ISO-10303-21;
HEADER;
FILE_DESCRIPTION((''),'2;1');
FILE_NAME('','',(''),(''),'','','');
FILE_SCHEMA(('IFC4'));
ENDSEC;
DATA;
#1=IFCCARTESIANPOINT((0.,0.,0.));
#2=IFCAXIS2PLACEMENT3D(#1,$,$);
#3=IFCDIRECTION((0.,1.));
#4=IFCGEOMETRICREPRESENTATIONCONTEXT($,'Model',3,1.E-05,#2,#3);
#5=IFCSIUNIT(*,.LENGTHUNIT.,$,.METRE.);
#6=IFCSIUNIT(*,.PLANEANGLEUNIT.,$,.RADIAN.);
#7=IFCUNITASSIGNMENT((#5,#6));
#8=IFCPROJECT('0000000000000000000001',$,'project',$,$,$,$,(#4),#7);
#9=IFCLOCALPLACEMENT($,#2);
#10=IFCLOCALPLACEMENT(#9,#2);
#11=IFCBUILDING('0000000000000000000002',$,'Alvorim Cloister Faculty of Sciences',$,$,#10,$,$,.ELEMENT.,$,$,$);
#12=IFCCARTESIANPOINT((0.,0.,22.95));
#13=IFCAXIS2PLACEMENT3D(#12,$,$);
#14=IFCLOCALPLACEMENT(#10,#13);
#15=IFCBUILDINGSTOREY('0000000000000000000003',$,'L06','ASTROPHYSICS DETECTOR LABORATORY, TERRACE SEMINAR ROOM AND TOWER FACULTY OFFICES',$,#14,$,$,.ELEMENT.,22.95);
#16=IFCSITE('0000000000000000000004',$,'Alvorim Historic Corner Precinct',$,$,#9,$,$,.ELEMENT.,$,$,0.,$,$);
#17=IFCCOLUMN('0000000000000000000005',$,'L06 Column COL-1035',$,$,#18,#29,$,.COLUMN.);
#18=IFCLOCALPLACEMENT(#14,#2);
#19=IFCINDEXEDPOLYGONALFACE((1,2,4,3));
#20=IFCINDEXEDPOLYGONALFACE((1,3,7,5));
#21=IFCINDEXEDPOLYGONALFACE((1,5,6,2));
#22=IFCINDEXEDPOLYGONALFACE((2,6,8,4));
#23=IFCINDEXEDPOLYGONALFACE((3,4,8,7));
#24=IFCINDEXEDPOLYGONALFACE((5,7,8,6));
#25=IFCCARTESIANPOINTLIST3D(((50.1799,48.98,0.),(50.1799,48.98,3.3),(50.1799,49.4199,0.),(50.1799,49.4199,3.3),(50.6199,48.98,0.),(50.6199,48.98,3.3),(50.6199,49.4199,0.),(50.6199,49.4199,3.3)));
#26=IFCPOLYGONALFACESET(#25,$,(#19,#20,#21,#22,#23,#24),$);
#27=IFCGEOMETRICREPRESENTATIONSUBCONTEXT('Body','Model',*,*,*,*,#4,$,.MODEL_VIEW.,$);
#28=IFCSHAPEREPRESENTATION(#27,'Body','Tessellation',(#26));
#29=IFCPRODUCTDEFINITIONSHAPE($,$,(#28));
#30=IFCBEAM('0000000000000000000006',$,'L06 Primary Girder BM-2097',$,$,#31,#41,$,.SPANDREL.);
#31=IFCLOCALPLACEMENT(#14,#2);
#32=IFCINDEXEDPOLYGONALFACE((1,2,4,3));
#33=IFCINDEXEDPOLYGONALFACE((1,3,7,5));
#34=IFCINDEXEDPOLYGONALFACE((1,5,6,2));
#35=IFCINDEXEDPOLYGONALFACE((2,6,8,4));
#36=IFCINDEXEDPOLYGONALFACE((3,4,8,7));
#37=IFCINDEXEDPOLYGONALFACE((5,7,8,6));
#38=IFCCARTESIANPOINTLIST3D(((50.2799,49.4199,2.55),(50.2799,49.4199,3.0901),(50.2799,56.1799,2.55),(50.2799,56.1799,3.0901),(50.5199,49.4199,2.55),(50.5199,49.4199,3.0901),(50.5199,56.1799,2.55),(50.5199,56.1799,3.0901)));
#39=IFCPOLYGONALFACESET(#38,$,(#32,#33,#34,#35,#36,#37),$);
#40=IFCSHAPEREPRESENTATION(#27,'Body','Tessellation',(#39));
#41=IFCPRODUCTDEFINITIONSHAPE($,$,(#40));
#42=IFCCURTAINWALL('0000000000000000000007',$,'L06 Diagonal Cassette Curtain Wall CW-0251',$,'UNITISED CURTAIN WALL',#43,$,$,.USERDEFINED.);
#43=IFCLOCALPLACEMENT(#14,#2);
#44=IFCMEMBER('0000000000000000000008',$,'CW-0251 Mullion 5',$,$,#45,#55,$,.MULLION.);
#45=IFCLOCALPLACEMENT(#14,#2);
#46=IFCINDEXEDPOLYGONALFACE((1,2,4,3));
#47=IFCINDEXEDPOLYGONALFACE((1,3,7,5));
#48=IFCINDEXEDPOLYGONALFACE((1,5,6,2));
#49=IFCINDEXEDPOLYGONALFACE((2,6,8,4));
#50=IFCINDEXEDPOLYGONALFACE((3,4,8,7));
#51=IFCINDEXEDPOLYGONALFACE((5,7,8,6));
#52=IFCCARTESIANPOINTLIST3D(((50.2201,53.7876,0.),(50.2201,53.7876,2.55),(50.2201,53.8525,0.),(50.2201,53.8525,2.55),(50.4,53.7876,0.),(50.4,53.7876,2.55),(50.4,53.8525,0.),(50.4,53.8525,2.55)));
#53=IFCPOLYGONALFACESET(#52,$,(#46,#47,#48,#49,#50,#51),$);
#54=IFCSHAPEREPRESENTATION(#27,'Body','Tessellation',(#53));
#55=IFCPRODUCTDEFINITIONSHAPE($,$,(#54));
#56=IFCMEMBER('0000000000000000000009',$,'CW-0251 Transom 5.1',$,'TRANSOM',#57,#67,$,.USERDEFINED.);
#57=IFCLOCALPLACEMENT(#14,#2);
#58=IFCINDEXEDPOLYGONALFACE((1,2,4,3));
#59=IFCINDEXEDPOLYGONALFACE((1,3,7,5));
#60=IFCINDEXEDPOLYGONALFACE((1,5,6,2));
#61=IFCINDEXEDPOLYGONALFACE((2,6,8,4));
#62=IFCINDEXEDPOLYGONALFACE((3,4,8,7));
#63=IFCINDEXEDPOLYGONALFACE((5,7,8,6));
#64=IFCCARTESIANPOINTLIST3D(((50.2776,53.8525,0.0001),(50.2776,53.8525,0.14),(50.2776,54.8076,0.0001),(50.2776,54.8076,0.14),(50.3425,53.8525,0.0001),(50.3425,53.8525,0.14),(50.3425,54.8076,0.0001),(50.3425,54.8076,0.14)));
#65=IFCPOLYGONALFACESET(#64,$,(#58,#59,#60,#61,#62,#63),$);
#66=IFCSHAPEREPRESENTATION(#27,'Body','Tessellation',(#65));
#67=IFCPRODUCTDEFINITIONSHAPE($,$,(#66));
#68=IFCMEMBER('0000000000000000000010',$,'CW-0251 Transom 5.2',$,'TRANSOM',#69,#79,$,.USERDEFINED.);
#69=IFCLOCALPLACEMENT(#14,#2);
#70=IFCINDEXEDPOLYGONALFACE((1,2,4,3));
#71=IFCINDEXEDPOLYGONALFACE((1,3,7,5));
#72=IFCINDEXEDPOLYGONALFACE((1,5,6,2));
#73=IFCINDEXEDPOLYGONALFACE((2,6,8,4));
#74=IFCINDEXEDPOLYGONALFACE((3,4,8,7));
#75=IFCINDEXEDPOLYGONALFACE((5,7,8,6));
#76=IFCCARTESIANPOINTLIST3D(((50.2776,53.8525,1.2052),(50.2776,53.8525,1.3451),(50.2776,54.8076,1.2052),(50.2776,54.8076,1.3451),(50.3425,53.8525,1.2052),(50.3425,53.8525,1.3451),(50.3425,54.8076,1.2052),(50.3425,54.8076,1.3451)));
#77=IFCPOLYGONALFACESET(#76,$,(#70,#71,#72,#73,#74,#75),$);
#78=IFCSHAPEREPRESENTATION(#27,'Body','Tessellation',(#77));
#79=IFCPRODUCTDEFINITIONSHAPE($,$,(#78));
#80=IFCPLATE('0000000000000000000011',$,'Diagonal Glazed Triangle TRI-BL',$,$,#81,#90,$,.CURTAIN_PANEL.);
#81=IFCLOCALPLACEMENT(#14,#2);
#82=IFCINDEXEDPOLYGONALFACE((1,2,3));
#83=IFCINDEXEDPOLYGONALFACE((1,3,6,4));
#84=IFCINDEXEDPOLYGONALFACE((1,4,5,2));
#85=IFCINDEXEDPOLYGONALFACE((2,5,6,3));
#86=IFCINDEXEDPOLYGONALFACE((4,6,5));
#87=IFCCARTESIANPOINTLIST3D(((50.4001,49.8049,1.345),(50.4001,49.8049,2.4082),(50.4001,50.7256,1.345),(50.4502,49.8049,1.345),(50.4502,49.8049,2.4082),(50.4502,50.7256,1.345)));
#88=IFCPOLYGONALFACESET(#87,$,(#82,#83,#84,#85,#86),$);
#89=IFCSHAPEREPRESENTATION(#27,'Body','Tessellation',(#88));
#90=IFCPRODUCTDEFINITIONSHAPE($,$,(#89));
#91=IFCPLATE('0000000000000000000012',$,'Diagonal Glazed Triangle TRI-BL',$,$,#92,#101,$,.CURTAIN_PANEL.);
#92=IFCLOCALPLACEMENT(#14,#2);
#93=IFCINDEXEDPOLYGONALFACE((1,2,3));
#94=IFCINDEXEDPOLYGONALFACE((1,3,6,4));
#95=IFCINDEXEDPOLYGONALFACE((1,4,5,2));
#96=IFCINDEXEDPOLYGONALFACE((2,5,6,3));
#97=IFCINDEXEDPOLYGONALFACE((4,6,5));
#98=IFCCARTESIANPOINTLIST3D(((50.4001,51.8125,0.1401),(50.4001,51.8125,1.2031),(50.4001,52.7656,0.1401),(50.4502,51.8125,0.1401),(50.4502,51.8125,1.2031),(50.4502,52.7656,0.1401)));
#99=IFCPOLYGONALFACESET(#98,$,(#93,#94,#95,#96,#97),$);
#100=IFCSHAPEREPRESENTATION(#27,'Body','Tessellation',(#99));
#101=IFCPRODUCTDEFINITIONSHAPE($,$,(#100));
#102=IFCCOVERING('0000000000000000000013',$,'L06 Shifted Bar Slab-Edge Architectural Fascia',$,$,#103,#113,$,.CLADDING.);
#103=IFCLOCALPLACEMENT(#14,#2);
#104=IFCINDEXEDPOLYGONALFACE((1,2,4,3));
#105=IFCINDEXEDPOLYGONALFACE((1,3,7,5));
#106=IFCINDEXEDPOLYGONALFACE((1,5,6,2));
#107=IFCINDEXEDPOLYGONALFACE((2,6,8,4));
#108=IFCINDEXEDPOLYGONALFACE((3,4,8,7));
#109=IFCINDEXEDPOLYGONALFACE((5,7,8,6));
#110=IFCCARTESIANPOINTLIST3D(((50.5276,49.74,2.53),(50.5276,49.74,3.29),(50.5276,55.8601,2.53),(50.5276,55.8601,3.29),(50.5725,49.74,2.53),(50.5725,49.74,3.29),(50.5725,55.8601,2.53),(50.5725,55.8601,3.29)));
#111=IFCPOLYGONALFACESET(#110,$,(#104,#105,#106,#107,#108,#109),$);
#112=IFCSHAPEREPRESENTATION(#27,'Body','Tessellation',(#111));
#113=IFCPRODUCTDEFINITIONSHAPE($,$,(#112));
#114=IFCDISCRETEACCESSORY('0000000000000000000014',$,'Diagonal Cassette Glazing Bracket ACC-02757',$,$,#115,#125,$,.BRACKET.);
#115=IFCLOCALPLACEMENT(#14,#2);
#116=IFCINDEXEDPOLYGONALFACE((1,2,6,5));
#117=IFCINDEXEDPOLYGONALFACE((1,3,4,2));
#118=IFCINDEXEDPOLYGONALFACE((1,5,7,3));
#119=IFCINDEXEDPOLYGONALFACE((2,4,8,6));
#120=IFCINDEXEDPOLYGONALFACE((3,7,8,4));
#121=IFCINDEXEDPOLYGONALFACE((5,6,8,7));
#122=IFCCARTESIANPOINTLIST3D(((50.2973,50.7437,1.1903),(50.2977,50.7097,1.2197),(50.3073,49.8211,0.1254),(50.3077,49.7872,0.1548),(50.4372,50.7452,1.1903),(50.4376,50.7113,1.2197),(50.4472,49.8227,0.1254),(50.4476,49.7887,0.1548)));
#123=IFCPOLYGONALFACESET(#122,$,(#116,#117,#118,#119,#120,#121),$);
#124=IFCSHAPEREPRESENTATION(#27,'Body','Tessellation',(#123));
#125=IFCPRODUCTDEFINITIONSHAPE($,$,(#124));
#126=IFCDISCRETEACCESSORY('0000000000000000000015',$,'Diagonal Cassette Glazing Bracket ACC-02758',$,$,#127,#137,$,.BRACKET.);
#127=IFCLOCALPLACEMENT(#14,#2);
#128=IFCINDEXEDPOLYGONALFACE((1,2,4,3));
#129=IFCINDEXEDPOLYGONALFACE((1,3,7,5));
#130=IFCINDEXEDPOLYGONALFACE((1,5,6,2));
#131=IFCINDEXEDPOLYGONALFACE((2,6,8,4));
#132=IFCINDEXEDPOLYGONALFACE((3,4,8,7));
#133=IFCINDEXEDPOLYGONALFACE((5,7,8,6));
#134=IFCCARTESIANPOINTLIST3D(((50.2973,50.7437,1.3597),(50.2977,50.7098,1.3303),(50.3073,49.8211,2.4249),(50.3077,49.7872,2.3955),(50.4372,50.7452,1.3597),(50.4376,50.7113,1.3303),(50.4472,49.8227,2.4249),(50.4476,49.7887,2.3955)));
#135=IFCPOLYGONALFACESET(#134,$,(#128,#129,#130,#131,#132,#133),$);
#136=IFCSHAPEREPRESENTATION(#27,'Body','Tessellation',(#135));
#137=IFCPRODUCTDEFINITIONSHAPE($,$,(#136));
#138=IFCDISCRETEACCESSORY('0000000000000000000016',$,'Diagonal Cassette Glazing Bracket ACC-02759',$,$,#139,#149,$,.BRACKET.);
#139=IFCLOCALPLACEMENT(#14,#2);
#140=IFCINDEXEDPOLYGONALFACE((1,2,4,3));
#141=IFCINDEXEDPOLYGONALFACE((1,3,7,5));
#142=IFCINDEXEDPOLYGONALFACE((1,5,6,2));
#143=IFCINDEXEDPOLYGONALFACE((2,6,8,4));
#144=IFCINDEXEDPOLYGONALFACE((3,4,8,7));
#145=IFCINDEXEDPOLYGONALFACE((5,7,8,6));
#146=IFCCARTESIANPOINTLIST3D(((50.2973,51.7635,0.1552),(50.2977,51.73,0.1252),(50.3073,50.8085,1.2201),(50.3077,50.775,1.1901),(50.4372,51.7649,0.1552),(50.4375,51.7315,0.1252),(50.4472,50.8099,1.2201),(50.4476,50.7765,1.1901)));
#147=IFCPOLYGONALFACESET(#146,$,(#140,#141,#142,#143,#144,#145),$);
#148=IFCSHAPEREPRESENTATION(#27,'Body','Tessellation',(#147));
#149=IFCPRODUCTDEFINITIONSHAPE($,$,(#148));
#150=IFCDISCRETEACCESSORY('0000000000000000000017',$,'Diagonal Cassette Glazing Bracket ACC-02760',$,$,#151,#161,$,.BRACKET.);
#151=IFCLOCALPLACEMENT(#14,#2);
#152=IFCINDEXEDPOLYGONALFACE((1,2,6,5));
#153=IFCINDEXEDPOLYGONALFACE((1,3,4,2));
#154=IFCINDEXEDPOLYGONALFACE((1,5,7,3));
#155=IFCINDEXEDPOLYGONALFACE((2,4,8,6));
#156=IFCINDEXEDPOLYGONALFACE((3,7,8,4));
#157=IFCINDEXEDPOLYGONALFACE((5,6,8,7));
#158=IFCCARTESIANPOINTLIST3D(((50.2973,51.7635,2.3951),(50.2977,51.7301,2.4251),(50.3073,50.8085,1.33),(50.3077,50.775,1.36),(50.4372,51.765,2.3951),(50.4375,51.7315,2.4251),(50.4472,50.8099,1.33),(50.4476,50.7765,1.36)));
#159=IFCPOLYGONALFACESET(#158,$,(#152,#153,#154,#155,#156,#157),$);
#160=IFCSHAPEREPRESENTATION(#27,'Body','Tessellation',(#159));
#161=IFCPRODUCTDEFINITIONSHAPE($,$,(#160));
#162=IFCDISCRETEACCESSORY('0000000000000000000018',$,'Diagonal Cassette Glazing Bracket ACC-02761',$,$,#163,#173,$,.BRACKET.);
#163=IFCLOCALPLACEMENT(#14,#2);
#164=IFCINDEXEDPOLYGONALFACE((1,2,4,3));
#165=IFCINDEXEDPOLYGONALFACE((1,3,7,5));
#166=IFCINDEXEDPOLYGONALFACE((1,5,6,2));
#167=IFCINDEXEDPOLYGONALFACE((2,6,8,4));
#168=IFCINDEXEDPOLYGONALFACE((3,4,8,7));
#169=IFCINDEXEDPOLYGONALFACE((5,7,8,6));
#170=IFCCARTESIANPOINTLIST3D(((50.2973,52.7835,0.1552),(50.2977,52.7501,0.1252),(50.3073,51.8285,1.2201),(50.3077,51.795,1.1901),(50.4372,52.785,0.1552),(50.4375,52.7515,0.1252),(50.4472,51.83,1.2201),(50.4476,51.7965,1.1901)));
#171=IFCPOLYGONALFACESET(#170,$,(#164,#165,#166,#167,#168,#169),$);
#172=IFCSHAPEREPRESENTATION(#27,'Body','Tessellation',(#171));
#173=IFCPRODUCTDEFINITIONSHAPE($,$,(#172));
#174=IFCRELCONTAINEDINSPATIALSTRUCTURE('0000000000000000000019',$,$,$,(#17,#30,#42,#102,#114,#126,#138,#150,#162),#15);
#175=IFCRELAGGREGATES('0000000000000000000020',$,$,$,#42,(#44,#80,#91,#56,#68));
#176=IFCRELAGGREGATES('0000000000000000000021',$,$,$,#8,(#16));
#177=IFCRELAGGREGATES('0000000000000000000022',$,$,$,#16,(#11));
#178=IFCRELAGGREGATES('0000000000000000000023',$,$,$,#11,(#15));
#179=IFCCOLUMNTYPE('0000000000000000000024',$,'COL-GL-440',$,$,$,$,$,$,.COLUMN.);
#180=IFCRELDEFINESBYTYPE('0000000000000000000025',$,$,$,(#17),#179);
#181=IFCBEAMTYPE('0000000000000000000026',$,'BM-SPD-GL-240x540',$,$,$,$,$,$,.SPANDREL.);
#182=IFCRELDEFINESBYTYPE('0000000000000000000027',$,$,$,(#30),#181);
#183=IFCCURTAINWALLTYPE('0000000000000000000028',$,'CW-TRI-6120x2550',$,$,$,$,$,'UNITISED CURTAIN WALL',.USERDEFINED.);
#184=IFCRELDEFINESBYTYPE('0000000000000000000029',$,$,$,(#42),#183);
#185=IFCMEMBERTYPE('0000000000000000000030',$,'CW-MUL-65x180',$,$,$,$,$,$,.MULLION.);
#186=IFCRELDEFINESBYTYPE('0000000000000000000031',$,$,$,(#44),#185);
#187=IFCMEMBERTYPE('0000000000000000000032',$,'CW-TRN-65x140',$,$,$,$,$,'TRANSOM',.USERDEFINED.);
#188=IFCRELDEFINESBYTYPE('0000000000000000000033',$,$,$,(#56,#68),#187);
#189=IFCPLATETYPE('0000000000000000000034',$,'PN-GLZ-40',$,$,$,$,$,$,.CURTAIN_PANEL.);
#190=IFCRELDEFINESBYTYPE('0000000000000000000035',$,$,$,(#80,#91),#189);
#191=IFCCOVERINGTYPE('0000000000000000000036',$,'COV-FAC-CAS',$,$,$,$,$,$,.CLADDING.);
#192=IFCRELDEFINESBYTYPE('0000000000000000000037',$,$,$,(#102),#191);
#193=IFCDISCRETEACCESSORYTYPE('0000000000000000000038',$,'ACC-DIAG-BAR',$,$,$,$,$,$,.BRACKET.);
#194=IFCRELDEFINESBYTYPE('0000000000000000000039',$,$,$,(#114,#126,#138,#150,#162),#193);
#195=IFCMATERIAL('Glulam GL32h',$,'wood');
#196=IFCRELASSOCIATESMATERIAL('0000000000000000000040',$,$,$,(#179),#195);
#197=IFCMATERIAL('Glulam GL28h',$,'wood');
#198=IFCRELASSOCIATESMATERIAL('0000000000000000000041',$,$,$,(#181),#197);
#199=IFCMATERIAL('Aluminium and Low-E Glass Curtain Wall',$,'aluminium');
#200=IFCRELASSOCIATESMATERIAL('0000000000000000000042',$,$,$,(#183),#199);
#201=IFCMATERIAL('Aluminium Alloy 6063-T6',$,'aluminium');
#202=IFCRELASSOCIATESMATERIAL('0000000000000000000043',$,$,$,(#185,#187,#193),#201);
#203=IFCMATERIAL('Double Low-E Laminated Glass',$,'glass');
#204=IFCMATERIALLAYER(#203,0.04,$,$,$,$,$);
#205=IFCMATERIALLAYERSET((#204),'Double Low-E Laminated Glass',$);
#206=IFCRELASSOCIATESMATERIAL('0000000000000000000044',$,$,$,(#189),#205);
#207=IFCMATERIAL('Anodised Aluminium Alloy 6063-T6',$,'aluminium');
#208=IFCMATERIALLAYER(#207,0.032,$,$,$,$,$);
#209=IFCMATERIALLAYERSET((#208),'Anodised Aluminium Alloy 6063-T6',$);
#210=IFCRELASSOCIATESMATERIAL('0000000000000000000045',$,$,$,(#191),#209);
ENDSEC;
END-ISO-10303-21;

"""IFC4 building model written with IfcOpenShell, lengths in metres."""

from ifc_helpers import new_model, si_unit, direction, frame, origin, origin_2d, place, context, subcontext, project, spatial, polyline, rectangle, outline, extrude, material, layer, layer_set, material_profile, profile_set, type_object, element, aggregate, save


model = new_model("IFC4")

# Units and contexts
model_context = context("Model", 3, precision=1e-05, world=origin(), true_north=direction((0.0, 1.0)))
body_context = subcontext(model_context, "Body", "Model", "MODEL_VIEW")
ifc_project = project(units=[si_unit("LENGTHUNIT", "METRE"), si_unit("PLANEANGLEUNIT", "RADIAN")], contexts=[model_context])

# Site, building, storey
site_placement = place(None, origin())
site = spatial("IfcSite", under=ifc_project, at=site_placement, Name="Alvorim Historic Corner Precinct", CompositionType="ELEMENT", RefElevation=0.0)
building_placement = place(site_placement, origin())
building = spatial("IfcBuilding", under=site, at=building_placement, Name="Alvorim Cloister Faculty of Sciences", CompositionType="ELEMENT")
storey_placement = place(building_placement, frame((0.0, 0.0, 22.95)))
storey = spatial("IfcBuildingStorey", under=building, at=storey_placement, Name="L06", Description="ASTROPHYSICS DETECTOR LABORATORY, TERRACE SEMINAR ROOM AND TOWER FACULTY OFFICES", CompositionType="ELEMENT", Elevation=22.95)

# Column
ifc_material_1 = material(Name="Glulam GL32h", Category="wood")
ifc_material_profile_1 = material_profile(ifc_material_1, rectangle(XDim=0.4399, YDim=0.4399, at=origin_2d()), Name="GL32-COL-440x440")
ifc_profile_set_1 = profile_set([ifc_material_profile_1], Name="Glulam GL32h")
column_type = type_object("IfcColumnType", Name="COL-GL-440", PredefinedType="COLUMN", material=ifc_profile_set_1)
column_placement = place(storey_placement, frame((50.3999, 49.2, 0.0), z_axis=(0.0, 0.0, 1.0), x_axis=(1.0, 0.0, 0.0)))
element("IfcColumn", 1, at=column_placement, inside=storey, type_object=column_type, Name="L06 Column COL-1035", PredefinedType="COLUMN", context=body_context, shape_type="SweptSolid", body=[
    extrude(rectangle(XDim=0.4399, YDim=0.4399, at=origin_2d()), origin(), (0.0, 0.0, 1.0), 3.3),
])

# Beam
ifc_material_2 = material(Name="Glulam GL28h", Category="wood")
ifc_material_profile_2 = material_profile(ifc_material_2, rectangle(XDim=0.24, YDim=0.54, at=origin_2d()), Name="GL28-SPD-240x540")
ifc_profile_set_2 = profile_set([ifc_material_profile_2], Name="Glulam GL28h")
beam_type = type_object("IfcBeamType", Name="BM-SPD-GL-240x540", PredefinedType="SPANDREL", material=ifc_profile_set_2)
beam_placement = place(storey_placement, frame((50.3999, 49.4199, 2.8201), z_axis=(0.0, 1.0, 0.0), x_axis=(-1.0, 0.0, 0.0)))
element("IfcBeam", 2, at=beam_placement, inside=storey, type_object=beam_type, Name="L06 Primary Girder BM-2097", PredefinedType="SPANDREL", context=body_context, shape_type="SweptSolid", body=[
    extrude(rectangle(XDim=0.24, YDim=0.54, at=origin_2d()), origin(), (0.0, 0.0, 1.0), 6.76),
])

# Curtain wall, members, plates
ifc_material_3 = material(Name="Aluminium and Low-E Glass Curtain Wall", Category="aluminium")
curtain_wall_type = type_object("IfcCurtainWallType", Name="CW-TRI-6120x2550", ElementType="UNITISED CURTAIN WALL", PredefinedType="USERDEFINED", material=ifc_material_3)
curtain_wall_placement = place(storey_placement, origin())
curtain_wall = element("IfcCurtainWall", 3, at=curtain_wall_placement, inside=storey, type_object=curtain_wall_type, Name="L06 Diagonal Cassette Curtain Wall CW-0251", ObjectType="UNITISED CURTAIN WALL", PredefinedType="USERDEFINED")
ifc_material_4 = material(Name="Aluminium Alloy 6063-T6", Category="aluminium")
ifc_material_profile_3 = material_profile(ifc_material_4, rectangle(XDim=0.0649, YDim=0.1799, at=origin_2d()), Name="ALU-MUL-65x180")
ifc_profile_set_3 = profile_set([ifc_material_profile_3], Name="Aluminium Alloy 6063-T6")
member_type_1 = type_object("IfcMemberType", Name="CW-MUL-65x180", PredefinedType="MULLION", material=ifc_profile_set_3)
member_1_placement = place(storey_placement, frame((50.3101, 53.8201, 0.0), z_axis=(0.0, 0.0, 1.0), x_axis=(0.0, 1.0, 0.0)))
member_1 = element("IfcMember", 4, at=member_1_placement, type_object=member_type_1, Name="CW-0251 Mullion 5", PredefinedType="MULLION", context=body_context, shape_type="SweptSolid", body=[
    extrude(rectangle(XDim=0.0649, YDim=0.1799, at=origin_2d()), origin(), (0.0, 0.0, 1.0), 2.55),
])
ifc_material_profile_4 = material_profile(ifc_material_4, rectangle(XDim=0.0649, YDim=0.1399, at=origin_2d()), Name="ALU-TRN-65x140")
ifc_profile_set_4 = profile_set([ifc_material_profile_4], Name="Aluminium Alloy 6063-T6")
member_type_2 = type_object("IfcMemberType", Name="CW-TRN-65x140", ElementType="TRANSOM", PredefinedType="USERDEFINED", material=ifc_profile_set_4)
member_2_placement = place(storey_placement, frame((50.3101, 53.8525, 0.0701), z_axis=(0.0, 1.0, 0.0), x_axis=(-1.0, 0.0, 0.0)))
member_2 = element("IfcMember", 5, at=member_2_placement, type_object=member_type_2, Name="CW-0251 Transom 5.1", ObjectType="TRANSOM", PredefinedType="USERDEFINED", context=body_context, shape_type="SweptSolid", body=[
    extrude(rectangle(XDim=0.0649, YDim=0.1399, at=origin_2d()), origin(), (0.0, 0.0, 1.0), 0.9551),
])
member_3_placement = place(storey_placement, frame((50.3101, 53.8525, 1.2751), z_axis=(0.0, 1.0, 0.0), x_axis=(-1.0, 0.0, 0.0)))
member_3 = element("IfcMember", 6, at=member_3_placement, type_object=member_type_2, Name="CW-0251 Transom 5.2", ObjectType="TRANSOM", PredefinedType="USERDEFINED", context=body_context, shape_type="SweptSolid", body=[
    extrude(rectangle(XDim=0.0649, YDim=0.1399, at=origin_2d()), origin(), (0.0, 0.0, 1.0), 0.9551),
])
ifc_material_5 = material(Name="Double Low-E Laminated Glass", Category="glass")
ifc_layer_1 = layer(ifc_material_5, 0.04)
ifc_layer_set_1 = layer_set([ifc_layer_1], Name="Double Low-E Laminated Glass")
plate_type = type_object("IfcPlateType", Name="PN-GLZ-40", PredefinedType="CURTAIN_PANEL", material=ifc_layer_set_1)
plate_1_placement = place(storey_placement, frame((50.425, 49.8049, 1.345), z_axis=(0.0, 0.0, 1.0), x_axis=(0.0, 1.0, 0.0)))
plate_1 = element("IfcPlate", 7, at=plate_1_placement, type_object=plate_type, Name="Diagonal Glazed Triangle TRI-BL", PredefinedType="CURTAIN_PANEL", context=body_context, shape_type="SweptSolid", body=[
    extrude(outline(polyline([(0.0, 0.0), (0.9207, 0.0), (0.0, 1.0632), (0.0, 0.0)])), frame((0.0, 0.0249, 0.0), z_axis=(0.0, -1.0, 0.0), x_axis=(1.0, 0.0, 0.0)), (0.0, 0.0, 1.0), 0.05),
])
plate_2_placement = place(storey_placement, frame((50.425, 51.8125, 0.1401), z_axis=(0.0, 0.0, 1.0), x_axis=(0.0, 1.0, 0.0)))
plate_2 = element("IfcPlate", 8, at=plate_2_placement, type_object=plate_type, Name="Diagonal Glazed Triangle TRI-BL", PredefinedType="CURTAIN_PANEL", context=body_context, shape_type="SweptSolid", body=[
    extrude(outline(polyline([(0.0, 0.0), (0.9531, 0.0), (0.0, 1.063), (0.0, 0.0)])), frame((0.0, 0.0249, 0.0), z_axis=(0.0, -1.0, 0.0), x_axis=(1.0, 0.0, 0.0)), (0.0, 0.0, 1.0), 0.05),
])
aggregate(curtain_wall, [member_1, plate_1, plate_2, member_2, member_3])

# Covering
ifc_material_6 = material(Name="Anodised Aluminium Alloy 6063-T6", Category="aluminium")
ifc_layer_2 = layer(ifc_material_6, 0.032)
ifc_layer_set_2 = layer_set([ifc_layer_2], Name="Anodised Aluminium Alloy 6063-T6")
covering_type = type_object("IfcCoveringType", Name="COV-FAC-CAS", PredefinedType="CLADDING", material=ifc_layer_set_2)
covering_placement = place(storey_placement, frame((50.55, 49.74, 2.53), z_axis=(0.0, 0.0, 1.0), x_axis=(0.0, 1.0, 0.0)))
element("IfcCovering", 9, at=covering_placement, inside=storey, type_object=covering_type, Name="L06 Shifted Bar Slab-Edge Architectural Fascia", PredefinedType="CLADDING", context=body_context, shape_type="SweptSolid", body=[
    extrude(outline(polyline([(0.0, 0.0), (6.1201, 0.0), (6.1201, 0.76), (0.0, 0.76), (0.0, 0.0)])), frame((0.0, 0.0225, 0.0), z_axis=(0.0, -1.0, 0.0), x_axis=(1.0, 0.0, 0.0)), (0.0, 0.0, 1.0), 0.0449),
])

# Discrete accessories
discrete_accessory_type = type_object("IfcDiscreteAccessoryType", Name="ACC-DIAG-BAR", PredefinedType="BRACKET", material=ifc_material_4)
discrete_accessory_1_placement = place(storey_placement, frame((50.3774, 49.8049, 0.1401), z_axis=(-0.007104, 0.654775, 0.75579), x_axis=(-0.999941, -0.010849, 0.0)))
element("IfcDiscreteAccessory", 10, at=discrete_accessory_1_placement, inside=storey, type_object=discrete_accessory_type, Name="Diagonal Cassette Glazing Bracket ACC-02757", PredefinedType="BRACKET", context=body_context, shape_type="SweptSolid", body=[
    extrude(rectangle(XDim=0.1399, YDim=0.0449, at=origin_2d()), origin(), (0.0, 0.0, 1.0), 1.4089),
])
discrete_accessory_2_placement = place(storey_placement, frame((50.3774, 49.8049, 2.4102), z_axis=(-0.007103, 0.65469, -0.755864), x_axis=(-0.999941, -0.010849, 0.0)))
element("IfcDiscreteAccessory", 11, at=discrete_accessory_2_placement, inside=storey, type_object=discrete_accessory_type, Name="Diagonal Cassette Glazing Bracket ACC-02758", PredefinedType="BRACKET", context=body_context, shape_type="SweptSolid", body=[
    extrude(rectangle(XDim=0.1399, YDim=0.0449, at=origin_2d()), origin(), (0.0, 0.0, 1.0), 1.4092),
])
discrete_accessory_3_placement = place(storey_placement, frame((50.3774, 50.7925, 1.2051), z_axis=(-0.006997, 0.667646, -0.744446), x_axis=(-0.999945, -0.01048, 0.0)))
element("IfcDiscreteAccessory", 12, at=discrete_accessory_3_placement, inside=storey, type_object=discrete_accessory_type, Name="Diagonal Cassette Glazing Bracket ACC-02759", PredefinedType="BRACKET", context=body_context, shape_type="SweptSolid", body=[
    extrude(rectangle(XDim=0.1399, YDim=0.0449, at=origin_2d()), origin(), (0.0, 0.0, 1.0), 1.4304),
])
discrete_accessory_4_placement = place(storey_placement, frame((50.3774, 50.7925, 1.345), z_axis=(-0.006996, 0.667561, 0.744522), x_axis=(-0.999945, -0.01048, 0.0)))
element("IfcDiscreteAccessory", 13, at=discrete_accessory_4_placement, inside=storey, type_object=discrete_accessory_type, Name="Diagonal Cassette Glazing Bracket ACC-02760", PredefinedType="BRACKET", context=body_context, shape_type="SweptSolid", body=[
    extrude(rectangle(XDim=0.1399, YDim=0.0449, at=origin_2d()), origin(), (0.0, 0.0, 1.0), 1.4307),
])
discrete_accessory_5_placement = place(storey_placement, frame((50.3774, 51.8125, 1.2051), z_axis=(-0.006997, 0.667646, -0.744446), x_axis=(-0.999945, -0.01048, 0.0)))
element("IfcDiscreteAccessory", 14, at=discrete_accessory_5_placement, inside=storey, type_object=discrete_accessory_type, Name="Diagonal Cassette Glazing Bracket ACC-02761", PredefinedType="BRACKET", context=body_context, shape_type="SweptSolid", body=[
    extrude(rectangle(XDim=0.1399, YDim=0.0449, at=origin_2d()), origin(), (0.0, 0.0, 1.0), 1.4304),
])

save(model, "model.ifc")
